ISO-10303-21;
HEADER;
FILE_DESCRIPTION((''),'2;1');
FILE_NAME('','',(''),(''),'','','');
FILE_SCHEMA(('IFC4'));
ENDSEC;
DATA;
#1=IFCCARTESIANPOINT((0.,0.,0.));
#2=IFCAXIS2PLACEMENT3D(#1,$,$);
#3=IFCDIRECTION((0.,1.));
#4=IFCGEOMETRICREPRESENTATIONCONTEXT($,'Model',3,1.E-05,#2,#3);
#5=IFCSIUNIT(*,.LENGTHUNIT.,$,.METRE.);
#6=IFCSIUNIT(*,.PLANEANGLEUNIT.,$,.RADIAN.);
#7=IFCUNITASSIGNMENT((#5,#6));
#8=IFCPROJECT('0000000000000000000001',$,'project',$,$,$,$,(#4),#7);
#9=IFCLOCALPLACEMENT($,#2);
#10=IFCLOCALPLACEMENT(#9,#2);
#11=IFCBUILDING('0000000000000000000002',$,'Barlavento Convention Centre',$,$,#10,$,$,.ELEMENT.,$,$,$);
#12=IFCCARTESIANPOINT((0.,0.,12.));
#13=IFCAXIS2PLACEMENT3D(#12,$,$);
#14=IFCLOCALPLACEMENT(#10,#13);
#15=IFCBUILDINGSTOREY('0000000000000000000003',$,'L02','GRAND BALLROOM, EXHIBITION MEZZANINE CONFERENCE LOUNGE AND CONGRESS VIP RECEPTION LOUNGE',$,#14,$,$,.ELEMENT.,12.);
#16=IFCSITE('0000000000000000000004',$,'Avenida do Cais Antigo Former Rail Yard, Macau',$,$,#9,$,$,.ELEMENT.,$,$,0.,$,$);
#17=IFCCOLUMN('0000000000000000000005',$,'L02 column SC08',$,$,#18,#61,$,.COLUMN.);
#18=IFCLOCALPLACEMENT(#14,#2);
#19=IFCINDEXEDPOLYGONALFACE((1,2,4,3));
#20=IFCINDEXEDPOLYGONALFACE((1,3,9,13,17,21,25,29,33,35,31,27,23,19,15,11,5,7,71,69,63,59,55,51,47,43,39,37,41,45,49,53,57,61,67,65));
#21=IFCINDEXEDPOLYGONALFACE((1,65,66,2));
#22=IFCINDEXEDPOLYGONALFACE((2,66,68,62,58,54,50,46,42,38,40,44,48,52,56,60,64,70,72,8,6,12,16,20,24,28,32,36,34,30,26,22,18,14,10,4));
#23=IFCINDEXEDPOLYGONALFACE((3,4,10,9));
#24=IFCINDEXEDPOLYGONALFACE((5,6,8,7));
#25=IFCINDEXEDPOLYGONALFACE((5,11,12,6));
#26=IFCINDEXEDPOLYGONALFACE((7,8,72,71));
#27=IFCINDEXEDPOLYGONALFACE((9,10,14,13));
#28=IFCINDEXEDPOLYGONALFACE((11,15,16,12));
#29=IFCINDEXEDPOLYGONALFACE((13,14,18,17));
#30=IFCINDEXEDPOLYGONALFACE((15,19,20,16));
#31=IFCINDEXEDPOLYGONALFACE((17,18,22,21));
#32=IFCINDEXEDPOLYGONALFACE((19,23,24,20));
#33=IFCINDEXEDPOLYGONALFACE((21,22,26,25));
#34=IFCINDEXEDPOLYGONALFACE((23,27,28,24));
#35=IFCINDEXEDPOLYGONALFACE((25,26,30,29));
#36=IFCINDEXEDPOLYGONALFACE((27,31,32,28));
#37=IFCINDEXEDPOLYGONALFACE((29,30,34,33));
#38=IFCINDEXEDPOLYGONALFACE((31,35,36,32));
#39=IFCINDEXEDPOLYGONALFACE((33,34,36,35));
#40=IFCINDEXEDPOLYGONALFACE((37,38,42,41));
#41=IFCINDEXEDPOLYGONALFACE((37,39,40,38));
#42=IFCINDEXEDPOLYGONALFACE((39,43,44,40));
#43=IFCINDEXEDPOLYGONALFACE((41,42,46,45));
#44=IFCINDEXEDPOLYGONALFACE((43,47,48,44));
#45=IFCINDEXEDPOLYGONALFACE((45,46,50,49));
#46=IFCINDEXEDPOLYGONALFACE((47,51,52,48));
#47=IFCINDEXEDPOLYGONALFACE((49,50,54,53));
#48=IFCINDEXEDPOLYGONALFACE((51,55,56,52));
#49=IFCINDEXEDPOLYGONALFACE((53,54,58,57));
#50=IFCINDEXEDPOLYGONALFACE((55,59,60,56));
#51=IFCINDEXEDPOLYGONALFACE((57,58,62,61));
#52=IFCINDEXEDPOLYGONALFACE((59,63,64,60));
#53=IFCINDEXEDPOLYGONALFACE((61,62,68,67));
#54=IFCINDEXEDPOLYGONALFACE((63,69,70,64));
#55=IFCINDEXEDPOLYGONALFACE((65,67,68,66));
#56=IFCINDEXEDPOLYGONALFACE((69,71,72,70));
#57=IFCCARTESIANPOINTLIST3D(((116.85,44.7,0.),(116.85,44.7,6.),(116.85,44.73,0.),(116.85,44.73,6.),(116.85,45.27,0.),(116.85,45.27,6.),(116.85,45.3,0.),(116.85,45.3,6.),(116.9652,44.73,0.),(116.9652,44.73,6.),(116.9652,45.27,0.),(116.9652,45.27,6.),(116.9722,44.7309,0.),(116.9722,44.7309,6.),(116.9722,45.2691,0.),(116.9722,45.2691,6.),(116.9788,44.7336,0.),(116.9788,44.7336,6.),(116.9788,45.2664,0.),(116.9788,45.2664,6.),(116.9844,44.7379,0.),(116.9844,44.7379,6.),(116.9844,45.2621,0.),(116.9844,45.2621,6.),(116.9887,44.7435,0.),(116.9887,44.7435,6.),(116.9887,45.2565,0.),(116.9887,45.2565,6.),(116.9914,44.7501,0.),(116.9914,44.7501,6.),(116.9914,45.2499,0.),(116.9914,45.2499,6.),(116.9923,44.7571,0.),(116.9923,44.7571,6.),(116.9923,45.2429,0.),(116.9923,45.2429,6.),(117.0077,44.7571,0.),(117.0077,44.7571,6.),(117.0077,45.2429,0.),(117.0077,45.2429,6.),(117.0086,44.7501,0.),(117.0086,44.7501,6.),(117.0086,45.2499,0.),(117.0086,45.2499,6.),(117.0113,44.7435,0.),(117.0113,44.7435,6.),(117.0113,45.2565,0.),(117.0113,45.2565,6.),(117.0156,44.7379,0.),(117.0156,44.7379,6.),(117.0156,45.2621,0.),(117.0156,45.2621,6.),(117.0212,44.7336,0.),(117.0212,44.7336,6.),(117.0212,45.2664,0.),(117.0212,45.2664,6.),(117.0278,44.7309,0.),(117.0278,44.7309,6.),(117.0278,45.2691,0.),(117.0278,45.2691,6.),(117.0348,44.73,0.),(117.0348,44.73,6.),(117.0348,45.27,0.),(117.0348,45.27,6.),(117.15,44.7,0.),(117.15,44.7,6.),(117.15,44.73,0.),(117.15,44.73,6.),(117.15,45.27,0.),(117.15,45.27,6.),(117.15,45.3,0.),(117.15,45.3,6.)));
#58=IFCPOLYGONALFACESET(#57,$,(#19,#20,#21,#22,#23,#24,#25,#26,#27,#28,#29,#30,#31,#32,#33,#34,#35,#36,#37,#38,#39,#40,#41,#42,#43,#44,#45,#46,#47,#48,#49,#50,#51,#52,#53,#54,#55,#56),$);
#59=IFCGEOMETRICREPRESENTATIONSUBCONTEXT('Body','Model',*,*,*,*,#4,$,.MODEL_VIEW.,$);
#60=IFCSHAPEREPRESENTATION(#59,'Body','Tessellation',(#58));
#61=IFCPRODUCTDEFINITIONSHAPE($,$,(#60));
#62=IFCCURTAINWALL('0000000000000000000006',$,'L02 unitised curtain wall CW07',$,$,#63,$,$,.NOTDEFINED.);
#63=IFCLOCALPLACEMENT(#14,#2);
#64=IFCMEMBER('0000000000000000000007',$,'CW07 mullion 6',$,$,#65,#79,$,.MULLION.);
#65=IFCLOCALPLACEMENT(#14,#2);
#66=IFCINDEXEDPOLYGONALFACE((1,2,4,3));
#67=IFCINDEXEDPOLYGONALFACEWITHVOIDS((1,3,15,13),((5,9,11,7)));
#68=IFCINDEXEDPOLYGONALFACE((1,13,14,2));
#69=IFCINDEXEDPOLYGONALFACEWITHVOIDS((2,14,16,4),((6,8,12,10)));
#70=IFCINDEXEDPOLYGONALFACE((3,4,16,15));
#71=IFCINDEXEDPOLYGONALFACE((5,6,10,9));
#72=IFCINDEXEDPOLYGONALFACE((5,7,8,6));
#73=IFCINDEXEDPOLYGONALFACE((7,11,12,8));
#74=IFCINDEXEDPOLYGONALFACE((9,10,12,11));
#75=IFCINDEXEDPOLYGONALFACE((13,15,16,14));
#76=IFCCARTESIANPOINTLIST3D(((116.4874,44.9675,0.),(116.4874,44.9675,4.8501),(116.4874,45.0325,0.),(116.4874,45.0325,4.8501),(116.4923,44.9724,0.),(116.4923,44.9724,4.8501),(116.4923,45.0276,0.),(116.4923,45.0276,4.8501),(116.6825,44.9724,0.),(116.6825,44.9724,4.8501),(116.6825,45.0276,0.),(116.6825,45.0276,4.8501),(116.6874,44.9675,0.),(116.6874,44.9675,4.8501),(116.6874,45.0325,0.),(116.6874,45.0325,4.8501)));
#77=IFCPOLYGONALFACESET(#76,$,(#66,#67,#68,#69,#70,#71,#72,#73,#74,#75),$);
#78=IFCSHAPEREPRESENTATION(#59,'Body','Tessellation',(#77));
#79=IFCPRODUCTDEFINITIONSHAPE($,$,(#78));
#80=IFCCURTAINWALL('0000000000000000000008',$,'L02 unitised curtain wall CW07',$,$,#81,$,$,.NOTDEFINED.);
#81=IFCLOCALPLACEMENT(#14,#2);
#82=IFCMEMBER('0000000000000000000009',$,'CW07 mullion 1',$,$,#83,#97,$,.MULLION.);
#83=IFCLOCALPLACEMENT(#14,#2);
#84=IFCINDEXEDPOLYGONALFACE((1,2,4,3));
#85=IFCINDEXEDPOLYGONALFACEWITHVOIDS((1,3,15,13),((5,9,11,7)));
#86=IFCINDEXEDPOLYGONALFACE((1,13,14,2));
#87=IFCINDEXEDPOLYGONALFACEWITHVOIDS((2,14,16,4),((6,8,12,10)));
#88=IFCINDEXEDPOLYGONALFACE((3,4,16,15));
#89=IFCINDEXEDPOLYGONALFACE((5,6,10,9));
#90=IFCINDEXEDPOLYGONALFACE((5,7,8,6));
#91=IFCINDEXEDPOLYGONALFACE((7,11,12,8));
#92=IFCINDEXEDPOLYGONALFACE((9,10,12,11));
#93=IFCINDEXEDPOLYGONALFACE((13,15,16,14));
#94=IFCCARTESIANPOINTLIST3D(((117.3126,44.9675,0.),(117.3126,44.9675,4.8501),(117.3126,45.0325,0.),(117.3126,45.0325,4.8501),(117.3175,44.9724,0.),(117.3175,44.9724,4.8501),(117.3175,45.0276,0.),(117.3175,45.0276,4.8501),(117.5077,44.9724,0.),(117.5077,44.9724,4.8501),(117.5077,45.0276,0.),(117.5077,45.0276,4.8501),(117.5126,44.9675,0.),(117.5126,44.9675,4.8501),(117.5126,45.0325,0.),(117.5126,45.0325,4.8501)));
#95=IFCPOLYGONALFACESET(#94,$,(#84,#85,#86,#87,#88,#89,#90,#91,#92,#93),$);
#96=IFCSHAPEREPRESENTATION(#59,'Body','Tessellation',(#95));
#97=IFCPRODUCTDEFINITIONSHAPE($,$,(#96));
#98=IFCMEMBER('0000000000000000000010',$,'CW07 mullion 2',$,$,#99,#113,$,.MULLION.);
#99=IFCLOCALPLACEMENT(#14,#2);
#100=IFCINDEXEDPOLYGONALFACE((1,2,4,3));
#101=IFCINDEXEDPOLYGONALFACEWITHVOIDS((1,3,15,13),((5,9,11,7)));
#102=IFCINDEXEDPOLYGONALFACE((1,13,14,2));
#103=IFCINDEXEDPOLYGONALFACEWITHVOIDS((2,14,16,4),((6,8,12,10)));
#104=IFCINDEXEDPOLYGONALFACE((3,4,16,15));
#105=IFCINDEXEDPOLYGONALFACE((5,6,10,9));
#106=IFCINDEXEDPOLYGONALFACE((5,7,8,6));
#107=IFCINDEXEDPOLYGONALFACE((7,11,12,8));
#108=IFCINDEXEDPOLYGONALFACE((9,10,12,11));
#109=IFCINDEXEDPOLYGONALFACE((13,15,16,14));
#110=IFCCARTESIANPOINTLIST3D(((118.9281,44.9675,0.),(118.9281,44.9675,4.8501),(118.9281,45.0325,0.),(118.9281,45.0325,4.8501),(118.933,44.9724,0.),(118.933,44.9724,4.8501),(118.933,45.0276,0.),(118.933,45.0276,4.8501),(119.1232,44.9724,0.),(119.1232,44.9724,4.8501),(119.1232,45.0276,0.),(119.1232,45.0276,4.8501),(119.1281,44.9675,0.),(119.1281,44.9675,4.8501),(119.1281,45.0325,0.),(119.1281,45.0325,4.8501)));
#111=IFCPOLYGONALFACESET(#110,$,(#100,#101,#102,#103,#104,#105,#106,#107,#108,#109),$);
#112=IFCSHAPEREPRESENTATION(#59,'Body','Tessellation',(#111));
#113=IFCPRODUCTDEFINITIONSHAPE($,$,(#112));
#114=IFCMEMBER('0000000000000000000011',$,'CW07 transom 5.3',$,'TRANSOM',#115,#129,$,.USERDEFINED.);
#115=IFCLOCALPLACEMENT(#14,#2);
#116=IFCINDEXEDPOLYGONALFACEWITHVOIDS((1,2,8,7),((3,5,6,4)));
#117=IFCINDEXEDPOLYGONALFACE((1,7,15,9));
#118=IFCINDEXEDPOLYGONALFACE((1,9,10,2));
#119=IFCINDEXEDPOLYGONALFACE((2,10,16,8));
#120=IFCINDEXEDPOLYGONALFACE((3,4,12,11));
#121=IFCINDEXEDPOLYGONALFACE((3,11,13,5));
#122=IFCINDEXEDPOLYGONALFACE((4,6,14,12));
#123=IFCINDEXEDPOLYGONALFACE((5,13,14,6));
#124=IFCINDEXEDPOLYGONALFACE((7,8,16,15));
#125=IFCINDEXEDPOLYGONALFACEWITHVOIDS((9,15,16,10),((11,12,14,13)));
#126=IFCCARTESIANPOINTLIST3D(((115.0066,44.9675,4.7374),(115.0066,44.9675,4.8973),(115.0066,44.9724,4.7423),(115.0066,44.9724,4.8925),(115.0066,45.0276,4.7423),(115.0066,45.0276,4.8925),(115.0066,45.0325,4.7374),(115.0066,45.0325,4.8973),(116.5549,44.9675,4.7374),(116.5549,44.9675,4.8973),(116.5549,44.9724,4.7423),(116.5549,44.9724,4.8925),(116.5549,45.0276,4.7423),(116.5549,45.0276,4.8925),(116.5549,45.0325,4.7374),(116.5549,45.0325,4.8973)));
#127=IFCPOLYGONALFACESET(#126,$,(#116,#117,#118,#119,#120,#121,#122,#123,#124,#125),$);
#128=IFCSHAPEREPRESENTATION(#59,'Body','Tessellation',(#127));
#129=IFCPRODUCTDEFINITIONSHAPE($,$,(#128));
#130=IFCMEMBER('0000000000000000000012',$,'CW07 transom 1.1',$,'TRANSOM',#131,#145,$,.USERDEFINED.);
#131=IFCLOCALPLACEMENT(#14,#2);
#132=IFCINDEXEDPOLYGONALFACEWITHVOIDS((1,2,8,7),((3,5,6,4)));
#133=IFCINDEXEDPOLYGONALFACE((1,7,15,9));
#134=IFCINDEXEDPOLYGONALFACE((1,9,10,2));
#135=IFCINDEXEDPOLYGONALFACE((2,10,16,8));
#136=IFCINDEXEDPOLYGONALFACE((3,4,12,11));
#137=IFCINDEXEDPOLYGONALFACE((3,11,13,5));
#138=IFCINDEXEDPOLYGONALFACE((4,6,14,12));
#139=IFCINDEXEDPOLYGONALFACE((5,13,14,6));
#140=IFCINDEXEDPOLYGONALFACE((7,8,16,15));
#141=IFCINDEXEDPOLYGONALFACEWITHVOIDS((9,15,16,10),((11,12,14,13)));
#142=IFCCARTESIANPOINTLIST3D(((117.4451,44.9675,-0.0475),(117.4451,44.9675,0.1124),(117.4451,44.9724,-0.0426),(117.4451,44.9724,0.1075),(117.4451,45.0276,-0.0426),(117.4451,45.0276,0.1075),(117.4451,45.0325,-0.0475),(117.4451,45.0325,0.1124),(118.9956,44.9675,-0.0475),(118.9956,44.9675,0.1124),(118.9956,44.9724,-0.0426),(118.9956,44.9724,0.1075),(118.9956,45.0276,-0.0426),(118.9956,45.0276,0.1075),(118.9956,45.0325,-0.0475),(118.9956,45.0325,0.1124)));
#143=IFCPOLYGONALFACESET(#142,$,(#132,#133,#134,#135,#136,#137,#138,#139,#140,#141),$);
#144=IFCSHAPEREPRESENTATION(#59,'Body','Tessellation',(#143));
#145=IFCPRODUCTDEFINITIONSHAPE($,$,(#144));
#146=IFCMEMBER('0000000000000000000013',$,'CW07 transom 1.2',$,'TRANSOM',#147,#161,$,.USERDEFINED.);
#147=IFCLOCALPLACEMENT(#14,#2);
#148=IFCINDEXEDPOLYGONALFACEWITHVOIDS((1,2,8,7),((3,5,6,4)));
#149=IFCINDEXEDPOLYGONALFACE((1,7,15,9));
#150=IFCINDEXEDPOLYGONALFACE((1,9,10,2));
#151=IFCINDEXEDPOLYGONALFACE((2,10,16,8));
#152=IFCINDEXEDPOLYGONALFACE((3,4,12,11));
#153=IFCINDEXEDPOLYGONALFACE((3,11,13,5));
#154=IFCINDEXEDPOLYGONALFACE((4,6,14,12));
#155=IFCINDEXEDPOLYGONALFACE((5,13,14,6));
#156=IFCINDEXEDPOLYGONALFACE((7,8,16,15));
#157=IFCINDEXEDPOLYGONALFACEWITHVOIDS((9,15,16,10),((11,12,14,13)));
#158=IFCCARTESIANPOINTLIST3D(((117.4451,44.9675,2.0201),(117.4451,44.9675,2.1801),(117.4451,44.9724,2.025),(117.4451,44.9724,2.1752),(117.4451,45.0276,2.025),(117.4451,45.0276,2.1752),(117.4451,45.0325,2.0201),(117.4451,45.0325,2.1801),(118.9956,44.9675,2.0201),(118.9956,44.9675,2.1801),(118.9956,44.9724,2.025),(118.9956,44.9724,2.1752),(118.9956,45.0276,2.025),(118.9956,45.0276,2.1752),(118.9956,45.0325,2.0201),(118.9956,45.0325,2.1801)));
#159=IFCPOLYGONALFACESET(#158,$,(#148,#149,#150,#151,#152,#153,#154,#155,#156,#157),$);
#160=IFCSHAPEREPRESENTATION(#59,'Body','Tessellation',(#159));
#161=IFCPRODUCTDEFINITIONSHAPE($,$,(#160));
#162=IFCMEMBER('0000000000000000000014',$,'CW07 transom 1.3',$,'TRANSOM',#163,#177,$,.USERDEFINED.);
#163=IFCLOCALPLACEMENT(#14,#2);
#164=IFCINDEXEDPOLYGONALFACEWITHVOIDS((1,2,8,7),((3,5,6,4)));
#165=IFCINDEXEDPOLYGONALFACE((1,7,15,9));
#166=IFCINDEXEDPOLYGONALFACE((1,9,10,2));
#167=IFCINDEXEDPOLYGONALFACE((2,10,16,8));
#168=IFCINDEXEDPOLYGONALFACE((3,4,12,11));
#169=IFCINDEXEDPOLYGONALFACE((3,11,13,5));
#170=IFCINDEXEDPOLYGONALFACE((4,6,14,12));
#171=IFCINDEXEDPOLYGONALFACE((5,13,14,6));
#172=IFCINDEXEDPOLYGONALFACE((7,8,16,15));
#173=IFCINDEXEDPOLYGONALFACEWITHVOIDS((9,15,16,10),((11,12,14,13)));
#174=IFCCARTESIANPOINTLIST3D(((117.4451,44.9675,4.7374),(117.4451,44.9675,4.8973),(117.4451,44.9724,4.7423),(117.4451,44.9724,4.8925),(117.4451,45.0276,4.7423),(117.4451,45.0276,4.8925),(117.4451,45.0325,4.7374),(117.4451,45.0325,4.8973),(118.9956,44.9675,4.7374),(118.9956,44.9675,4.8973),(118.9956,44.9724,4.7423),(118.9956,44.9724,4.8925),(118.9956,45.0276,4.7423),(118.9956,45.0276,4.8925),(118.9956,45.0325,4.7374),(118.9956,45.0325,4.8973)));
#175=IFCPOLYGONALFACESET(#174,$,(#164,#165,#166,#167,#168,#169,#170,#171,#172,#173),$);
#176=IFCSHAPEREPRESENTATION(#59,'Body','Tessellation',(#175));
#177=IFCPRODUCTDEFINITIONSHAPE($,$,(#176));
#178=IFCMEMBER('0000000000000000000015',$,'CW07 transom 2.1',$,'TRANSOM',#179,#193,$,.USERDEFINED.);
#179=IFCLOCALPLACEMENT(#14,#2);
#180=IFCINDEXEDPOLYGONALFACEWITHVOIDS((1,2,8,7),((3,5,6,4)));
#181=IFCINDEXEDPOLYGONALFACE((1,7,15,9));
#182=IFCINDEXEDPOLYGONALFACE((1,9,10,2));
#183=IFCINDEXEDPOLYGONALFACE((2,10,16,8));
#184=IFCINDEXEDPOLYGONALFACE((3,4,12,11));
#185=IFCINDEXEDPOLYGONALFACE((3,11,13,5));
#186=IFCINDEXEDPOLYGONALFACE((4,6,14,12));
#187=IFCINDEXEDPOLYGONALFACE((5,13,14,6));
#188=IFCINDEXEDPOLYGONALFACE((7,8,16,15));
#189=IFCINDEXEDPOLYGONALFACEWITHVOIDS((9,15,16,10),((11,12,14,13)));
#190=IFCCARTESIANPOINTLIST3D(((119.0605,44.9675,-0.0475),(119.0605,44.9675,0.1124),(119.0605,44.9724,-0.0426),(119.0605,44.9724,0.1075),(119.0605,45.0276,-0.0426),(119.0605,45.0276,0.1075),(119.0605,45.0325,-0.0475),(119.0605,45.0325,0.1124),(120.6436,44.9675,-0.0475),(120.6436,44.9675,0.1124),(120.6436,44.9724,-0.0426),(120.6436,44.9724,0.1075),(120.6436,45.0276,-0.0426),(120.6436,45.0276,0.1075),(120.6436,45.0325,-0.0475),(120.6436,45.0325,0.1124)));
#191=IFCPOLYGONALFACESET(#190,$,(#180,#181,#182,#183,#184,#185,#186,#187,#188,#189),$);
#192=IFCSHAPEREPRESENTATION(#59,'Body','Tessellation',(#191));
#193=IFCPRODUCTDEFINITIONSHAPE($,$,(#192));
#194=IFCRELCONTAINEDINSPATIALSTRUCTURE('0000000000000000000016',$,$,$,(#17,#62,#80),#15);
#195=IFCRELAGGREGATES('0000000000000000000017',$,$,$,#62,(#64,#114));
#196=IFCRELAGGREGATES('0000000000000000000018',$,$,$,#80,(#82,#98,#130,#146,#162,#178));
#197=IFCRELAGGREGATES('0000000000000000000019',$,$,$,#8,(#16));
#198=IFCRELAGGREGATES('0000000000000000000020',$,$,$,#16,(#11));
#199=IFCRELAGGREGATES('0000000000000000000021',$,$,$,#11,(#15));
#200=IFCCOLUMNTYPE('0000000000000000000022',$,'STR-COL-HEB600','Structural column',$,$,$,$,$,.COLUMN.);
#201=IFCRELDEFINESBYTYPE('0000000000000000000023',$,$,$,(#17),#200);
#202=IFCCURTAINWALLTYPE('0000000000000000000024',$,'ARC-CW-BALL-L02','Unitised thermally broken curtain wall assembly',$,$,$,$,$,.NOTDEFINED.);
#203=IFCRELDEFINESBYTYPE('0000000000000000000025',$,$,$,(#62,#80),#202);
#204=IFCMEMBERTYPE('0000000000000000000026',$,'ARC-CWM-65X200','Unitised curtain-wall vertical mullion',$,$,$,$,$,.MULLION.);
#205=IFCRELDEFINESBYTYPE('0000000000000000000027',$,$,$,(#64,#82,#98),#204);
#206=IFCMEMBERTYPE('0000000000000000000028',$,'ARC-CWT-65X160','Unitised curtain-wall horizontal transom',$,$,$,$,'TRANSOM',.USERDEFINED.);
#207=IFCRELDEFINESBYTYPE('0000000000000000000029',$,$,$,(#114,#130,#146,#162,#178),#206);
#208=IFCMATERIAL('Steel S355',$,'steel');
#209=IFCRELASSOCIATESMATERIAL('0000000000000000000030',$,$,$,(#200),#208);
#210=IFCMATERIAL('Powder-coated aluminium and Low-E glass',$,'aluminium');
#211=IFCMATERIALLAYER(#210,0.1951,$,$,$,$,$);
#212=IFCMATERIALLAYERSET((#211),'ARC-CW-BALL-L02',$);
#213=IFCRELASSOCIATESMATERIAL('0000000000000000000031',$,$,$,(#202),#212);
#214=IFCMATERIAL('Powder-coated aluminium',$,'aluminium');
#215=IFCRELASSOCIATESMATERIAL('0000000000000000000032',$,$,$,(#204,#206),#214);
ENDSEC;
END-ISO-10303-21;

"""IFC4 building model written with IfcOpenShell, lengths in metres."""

from ifc_helpers import new_model, si_unit, direction, frame, origin, origin_2d, place, context, subcontext, project, spatial, hollow_rectangle, i_section, extrude, material, layer, layer_set, material_profile, profile_set, type_object, element, aggregate, save


model = new_model("IFC4")

# Units and contexts
model_context = context("Model", 3, precision=1e-05, world=origin(), true_north=direction((0.0, 1.0)))
body_context = subcontext(model_context, "Body", "Model", "MODEL_VIEW")
ifc_project = project(units=[si_unit("LENGTHUNIT", "METRE"), si_unit("PLANEANGLEUNIT", "RADIAN")], contexts=[model_context])

# Site, building, storey
site_placement = place(None, origin())
site = spatial("IfcSite", under=ifc_project, at=site_placement, Name="Avenida do Cais Antigo Former Rail Yard, Macau", CompositionType="ELEMENT", RefElevation=0.0)
building_placement = place(site_placement, origin())
building = spatial("IfcBuilding", under=site, at=building_placement, Name="Barlavento Convention Centre", CompositionType="ELEMENT")
storey_placement = place(building_placement, frame((0.0, 0.0, 12.0)))
storey = spatial("IfcBuildingStorey", under=building, at=storey_placement, Name="L02", Description="GRAND BALLROOM, EXHIBITION MEZZANINE CONFERENCE LOUNGE AND CONGRESS VIP RECEPTION LOUNGE", CompositionType="ELEMENT", Elevation=12.0)

# Column
ifc_material_1 = material(Name="Steel S355", Category="steel")
ifc_material_profile_1 = material_profile(ifc_material_1, i_section(OverallWidth=0.3, OverallDepth=0.6001, WebThickness=0.0154, FlangeThickness=0.03, FilletRadius=0.0271, at=origin_2d()), Name="HEB 600")
ifc_profile_set_1 = profile_set([ifc_material_profile_1], Name="Steel S355")
column_type = type_object("IfcColumnType", Name="STR-COL-HEB600", Description="Structural column", PredefinedType="COLUMN", material=ifc_profile_set_1)
column_placement = place(storey_placement, frame((117.0, 45.0, 0.0), z_axis=(0.0, 0.0, 1.0), x_axis=(1.0, 0.0, 0.0)))
element("IfcColumn", 1, at=column_placement, inside=storey, type_object=column_type, Name="L02 column SC08", PredefinedType="COLUMN", context=body_context, shape_type="SweptSolid", body=[
    extrude(i_section(OverallWidth=0.3, OverallDepth=0.6001, WebThickness=0.0154, FlangeThickness=0.03, FilletRadius=0.0271, at=origin_2d()), origin(), (0.0, 0.0, 1.0), 6.0),
])

# Curtain wall, member
ifc_material_2 = material(Name="Powder-coated aluminium and Low-E glass", Category="aluminium")
ifc_layer_1 = layer(ifc_material_2, 0.1951)
ifc_layer_set_1 = layer_set([ifc_layer_1], Name="ARC-CW-BALL-L02")
curtain_wall_type = type_object("IfcCurtainWallType", Name="ARC-CW-BALL-L02", Description="Unitised thermally broken curtain wall assembly", PredefinedType="NOTDEFINED", material=ifc_layer_set_1)
curtain_wall_1_placement = place(storey_placement, origin())
curtain_wall_1 = element("IfcCurtainWall", 2, at=curtain_wall_1_placement, inside=storey, type_object=curtain_wall_type, Name="L02 unitised curtain wall CW07", PredefinedType="NOTDEFINED")
ifc_material_3 = material(Name="Powder-coated aluminium", Category="aluminium")
ifc_material_profile_2 = material_profile(ifc_material_3, hollow_rectangle(XDim=0.0649, YDim=0.2, WallThickness=0.0049, at=origin_2d()), Name="AL-MULL 65x200x5")
ifc_profile_set_2 = profile_set([ifc_material_profile_2], Name="Powder-coated aluminium")
member_type_1 = type_object("IfcMemberType", Name="ARC-CWM-65X200", Description="Unitised curtain-wall vertical mullion", PredefinedType="MULLION", material=ifc_profile_set_2)
member_1_placement = place(storey_placement, frame((116.5874, 45.0, 0.0), z_axis=(0.0, 0.0, 1.0), x_axis=(0.0, 1.0, 0.0)))
member_1 = element("IfcMember", 3, at=member_1_placement, type_object=member_type_1, Name="CW07 mullion 6", PredefinedType="MULLION", context=body_context, shape_type="SweptSolid", body=[
    extrude(hollow_rectangle(XDim=0.0649, YDim=0.2, WallThickness=0.0049, at=origin_2d()), origin(), (0.0, 0.0, 1.0), 4.8501),
])

# Curtain wall, members
curtain_wall_2_placement = place(storey_placement, origin())
curtain_wall_2 = element("IfcCurtainWall", 4, at=curtain_wall_2_placement, inside=storey, type_object=curtain_wall_type, Name="L02 unitised curtain wall CW07", PredefinedType="NOTDEFINED")
member_2_placement = place(storey_placement, frame((117.4126, 45.0, 0.0), z_axis=(0.0, 0.0, 1.0), x_axis=(0.0, 1.0, 0.0)))
member_2 = element("IfcMember", 5, at=member_2_placement, type_object=member_type_1, Name="CW07 mullion 1", PredefinedType="MULLION", context=body_context, shape_type="SweptSolid", body=[
    extrude(hollow_rectangle(XDim=0.0649, YDim=0.2, WallThickness=0.0049, at=origin_2d()), origin(), (0.0, 0.0, 1.0), 4.8501),
])
member_3_placement = place(storey_placement, frame((119.0281, 45.0, 0.0), z_axis=(0.0, 0.0, 1.0), x_axis=(0.0, 1.0, 0.0)))
member_3 = element("IfcMember", 6, at=member_3_placement, type_object=member_type_1, Name="CW07 mullion 2", PredefinedType="MULLION", context=body_context, shape_type="SweptSolid", body=[
    extrude(hollow_rectangle(XDim=0.0649, YDim=0.2, WallThickness=0.0049, at=origin_2d()), origin(), (0.0, 0.0, 1.0), 4.8501),
])

# Members
ifc_material_profile_3 = material_profile(ifc_material_3, hollow_rectangle(XDim=0.0649, YDim=0.1599, WallThickness=0.0049, at=origin_2d()), Name="AL-TRAN 65x160x5")
ifc_profile_set_3 = profile_set([ifc_material_profile_3], Name="Powder-coated aluminium")
member_type_2 = type_object("IfcMemberType", Name="ARC-CWT-65X160", Description="Unitised curtain-wall horizontal transom", ElementType="TRANSOM", PredefinedType="USERDEFINED", material=ifc_profile_set_3)
member_4_placement = place(storey_placement, frame((115.0066, 45.0, 4.8174), z_axis=(1.0, 0.0, 0.0), x_axis=(0.0, 1.0, 0.0)))
member_4 = element("IfcMember", 7, at=member_4_placement, type_object=member_type_2, Name="CW07 transom 5.3", ObjectType="TRANSOM", PredefinedType="USERDEFINED", context=body_context, shape_type="SweptSolid", body=[
    extrude(hollow_rectangle(XDim=0.0649, YDim=0.1599, WallThickness=0.0049, at=origin_2d()), origin(), (0.0, 0.0, 1.0), 1.5483),
])
member_5_placement = place(storey_placement, frame((117.4451, 45.0, 0.0325), z_axis=(1.0, 0.0, 0.0), x_axis=(0.0, 1.0, 0.0)))
member_5 = element("IfcMember", 8, at=member_5_placement, type_object=member_type_2, Name="CW07 transom 1.1", ObjectType="TRANSOM", PredefinedType="USERDEFINED", context=body_context, shape_type="SweptSolid", body=[
    extrude(hollow_rectangle(XDim=0.0649, YDim=0.1599, WallThickness=0.0049, at=origin_2d()), origin(), (0.0, 0.0, 1.0), 1.5505),
])
member_6_placement = place(storey_placement, frame((117.4451, 45.0, 2.1001), z_axis=(1.0, 0.0, 0.0), x_axis=(0.0, 1.0, 0.0)))
member_6 = element("IfcMember", 9, at=member_6_placement, type_object=member_type_2, Name="CW07 transom 1.2", ObjectType="TRANSOM", PredefinedType="USERDEFINED", context=body_context, shape_type="SweptSolid", body=[
    extrude(hollow_rectangle(XDim=0.0649, YDim=0.1599, WallThickness=0.0049, at=origin_2d()), origin(), (0.0, 0.0, 1.0), 1.5505),
])
member_7_placement = place(storey_placement, frame((117.4451, 45.0, 4.8174), z_axis=(1.0, 0.0, 0.0), x_axis=(0.0, 1.0, 0.0)))
member_7 = element("IfcMember", 10, at=member_7_placement, type_object=member_type_2, Name="CW07 transom 1.3", ObjectType="TRANSOM", PredefinedType="USERDEFINED", context=body_context, shape_type="SweptSolid", body=[
    extrude(hollow_rectangle(XDim=0.0649, YDim=0.1599, WallThickness=0.0049, at=origin_2d()), origin(), (0.0, 0.0, 1.0), 1.5505),
])
member_8_placement = place(storey_placement, frame((119.0605, 45.0, 0.0325), z_axis=(1.0, 0.0, 0.0), x_axis=(0.0, 1.0, 0.0)))
member_8 = element("IfcMember", 11, at=member_8_placement, type_object=member_type_2, Name="CW07 transom 2.1", ObjectType="TRANSOM", PredefinedType="USERDEFINED", context=body_context, shape_type="SweptSolid", body=[
    extrude(hollow_rectangle(XDim=0.0649, YDim=0.1599, WallThickness=0.0049, at=origin_2d()), origin(), (0.0, 0.0, 1.0), 1.583),
])

aggregate(curtain_wall_1, [member_1, member_4])
aggregate(curtain_wall_2, [member_2, member_3, member_5, member_6, member_7, member_8])

save(model, "model.ifc")
